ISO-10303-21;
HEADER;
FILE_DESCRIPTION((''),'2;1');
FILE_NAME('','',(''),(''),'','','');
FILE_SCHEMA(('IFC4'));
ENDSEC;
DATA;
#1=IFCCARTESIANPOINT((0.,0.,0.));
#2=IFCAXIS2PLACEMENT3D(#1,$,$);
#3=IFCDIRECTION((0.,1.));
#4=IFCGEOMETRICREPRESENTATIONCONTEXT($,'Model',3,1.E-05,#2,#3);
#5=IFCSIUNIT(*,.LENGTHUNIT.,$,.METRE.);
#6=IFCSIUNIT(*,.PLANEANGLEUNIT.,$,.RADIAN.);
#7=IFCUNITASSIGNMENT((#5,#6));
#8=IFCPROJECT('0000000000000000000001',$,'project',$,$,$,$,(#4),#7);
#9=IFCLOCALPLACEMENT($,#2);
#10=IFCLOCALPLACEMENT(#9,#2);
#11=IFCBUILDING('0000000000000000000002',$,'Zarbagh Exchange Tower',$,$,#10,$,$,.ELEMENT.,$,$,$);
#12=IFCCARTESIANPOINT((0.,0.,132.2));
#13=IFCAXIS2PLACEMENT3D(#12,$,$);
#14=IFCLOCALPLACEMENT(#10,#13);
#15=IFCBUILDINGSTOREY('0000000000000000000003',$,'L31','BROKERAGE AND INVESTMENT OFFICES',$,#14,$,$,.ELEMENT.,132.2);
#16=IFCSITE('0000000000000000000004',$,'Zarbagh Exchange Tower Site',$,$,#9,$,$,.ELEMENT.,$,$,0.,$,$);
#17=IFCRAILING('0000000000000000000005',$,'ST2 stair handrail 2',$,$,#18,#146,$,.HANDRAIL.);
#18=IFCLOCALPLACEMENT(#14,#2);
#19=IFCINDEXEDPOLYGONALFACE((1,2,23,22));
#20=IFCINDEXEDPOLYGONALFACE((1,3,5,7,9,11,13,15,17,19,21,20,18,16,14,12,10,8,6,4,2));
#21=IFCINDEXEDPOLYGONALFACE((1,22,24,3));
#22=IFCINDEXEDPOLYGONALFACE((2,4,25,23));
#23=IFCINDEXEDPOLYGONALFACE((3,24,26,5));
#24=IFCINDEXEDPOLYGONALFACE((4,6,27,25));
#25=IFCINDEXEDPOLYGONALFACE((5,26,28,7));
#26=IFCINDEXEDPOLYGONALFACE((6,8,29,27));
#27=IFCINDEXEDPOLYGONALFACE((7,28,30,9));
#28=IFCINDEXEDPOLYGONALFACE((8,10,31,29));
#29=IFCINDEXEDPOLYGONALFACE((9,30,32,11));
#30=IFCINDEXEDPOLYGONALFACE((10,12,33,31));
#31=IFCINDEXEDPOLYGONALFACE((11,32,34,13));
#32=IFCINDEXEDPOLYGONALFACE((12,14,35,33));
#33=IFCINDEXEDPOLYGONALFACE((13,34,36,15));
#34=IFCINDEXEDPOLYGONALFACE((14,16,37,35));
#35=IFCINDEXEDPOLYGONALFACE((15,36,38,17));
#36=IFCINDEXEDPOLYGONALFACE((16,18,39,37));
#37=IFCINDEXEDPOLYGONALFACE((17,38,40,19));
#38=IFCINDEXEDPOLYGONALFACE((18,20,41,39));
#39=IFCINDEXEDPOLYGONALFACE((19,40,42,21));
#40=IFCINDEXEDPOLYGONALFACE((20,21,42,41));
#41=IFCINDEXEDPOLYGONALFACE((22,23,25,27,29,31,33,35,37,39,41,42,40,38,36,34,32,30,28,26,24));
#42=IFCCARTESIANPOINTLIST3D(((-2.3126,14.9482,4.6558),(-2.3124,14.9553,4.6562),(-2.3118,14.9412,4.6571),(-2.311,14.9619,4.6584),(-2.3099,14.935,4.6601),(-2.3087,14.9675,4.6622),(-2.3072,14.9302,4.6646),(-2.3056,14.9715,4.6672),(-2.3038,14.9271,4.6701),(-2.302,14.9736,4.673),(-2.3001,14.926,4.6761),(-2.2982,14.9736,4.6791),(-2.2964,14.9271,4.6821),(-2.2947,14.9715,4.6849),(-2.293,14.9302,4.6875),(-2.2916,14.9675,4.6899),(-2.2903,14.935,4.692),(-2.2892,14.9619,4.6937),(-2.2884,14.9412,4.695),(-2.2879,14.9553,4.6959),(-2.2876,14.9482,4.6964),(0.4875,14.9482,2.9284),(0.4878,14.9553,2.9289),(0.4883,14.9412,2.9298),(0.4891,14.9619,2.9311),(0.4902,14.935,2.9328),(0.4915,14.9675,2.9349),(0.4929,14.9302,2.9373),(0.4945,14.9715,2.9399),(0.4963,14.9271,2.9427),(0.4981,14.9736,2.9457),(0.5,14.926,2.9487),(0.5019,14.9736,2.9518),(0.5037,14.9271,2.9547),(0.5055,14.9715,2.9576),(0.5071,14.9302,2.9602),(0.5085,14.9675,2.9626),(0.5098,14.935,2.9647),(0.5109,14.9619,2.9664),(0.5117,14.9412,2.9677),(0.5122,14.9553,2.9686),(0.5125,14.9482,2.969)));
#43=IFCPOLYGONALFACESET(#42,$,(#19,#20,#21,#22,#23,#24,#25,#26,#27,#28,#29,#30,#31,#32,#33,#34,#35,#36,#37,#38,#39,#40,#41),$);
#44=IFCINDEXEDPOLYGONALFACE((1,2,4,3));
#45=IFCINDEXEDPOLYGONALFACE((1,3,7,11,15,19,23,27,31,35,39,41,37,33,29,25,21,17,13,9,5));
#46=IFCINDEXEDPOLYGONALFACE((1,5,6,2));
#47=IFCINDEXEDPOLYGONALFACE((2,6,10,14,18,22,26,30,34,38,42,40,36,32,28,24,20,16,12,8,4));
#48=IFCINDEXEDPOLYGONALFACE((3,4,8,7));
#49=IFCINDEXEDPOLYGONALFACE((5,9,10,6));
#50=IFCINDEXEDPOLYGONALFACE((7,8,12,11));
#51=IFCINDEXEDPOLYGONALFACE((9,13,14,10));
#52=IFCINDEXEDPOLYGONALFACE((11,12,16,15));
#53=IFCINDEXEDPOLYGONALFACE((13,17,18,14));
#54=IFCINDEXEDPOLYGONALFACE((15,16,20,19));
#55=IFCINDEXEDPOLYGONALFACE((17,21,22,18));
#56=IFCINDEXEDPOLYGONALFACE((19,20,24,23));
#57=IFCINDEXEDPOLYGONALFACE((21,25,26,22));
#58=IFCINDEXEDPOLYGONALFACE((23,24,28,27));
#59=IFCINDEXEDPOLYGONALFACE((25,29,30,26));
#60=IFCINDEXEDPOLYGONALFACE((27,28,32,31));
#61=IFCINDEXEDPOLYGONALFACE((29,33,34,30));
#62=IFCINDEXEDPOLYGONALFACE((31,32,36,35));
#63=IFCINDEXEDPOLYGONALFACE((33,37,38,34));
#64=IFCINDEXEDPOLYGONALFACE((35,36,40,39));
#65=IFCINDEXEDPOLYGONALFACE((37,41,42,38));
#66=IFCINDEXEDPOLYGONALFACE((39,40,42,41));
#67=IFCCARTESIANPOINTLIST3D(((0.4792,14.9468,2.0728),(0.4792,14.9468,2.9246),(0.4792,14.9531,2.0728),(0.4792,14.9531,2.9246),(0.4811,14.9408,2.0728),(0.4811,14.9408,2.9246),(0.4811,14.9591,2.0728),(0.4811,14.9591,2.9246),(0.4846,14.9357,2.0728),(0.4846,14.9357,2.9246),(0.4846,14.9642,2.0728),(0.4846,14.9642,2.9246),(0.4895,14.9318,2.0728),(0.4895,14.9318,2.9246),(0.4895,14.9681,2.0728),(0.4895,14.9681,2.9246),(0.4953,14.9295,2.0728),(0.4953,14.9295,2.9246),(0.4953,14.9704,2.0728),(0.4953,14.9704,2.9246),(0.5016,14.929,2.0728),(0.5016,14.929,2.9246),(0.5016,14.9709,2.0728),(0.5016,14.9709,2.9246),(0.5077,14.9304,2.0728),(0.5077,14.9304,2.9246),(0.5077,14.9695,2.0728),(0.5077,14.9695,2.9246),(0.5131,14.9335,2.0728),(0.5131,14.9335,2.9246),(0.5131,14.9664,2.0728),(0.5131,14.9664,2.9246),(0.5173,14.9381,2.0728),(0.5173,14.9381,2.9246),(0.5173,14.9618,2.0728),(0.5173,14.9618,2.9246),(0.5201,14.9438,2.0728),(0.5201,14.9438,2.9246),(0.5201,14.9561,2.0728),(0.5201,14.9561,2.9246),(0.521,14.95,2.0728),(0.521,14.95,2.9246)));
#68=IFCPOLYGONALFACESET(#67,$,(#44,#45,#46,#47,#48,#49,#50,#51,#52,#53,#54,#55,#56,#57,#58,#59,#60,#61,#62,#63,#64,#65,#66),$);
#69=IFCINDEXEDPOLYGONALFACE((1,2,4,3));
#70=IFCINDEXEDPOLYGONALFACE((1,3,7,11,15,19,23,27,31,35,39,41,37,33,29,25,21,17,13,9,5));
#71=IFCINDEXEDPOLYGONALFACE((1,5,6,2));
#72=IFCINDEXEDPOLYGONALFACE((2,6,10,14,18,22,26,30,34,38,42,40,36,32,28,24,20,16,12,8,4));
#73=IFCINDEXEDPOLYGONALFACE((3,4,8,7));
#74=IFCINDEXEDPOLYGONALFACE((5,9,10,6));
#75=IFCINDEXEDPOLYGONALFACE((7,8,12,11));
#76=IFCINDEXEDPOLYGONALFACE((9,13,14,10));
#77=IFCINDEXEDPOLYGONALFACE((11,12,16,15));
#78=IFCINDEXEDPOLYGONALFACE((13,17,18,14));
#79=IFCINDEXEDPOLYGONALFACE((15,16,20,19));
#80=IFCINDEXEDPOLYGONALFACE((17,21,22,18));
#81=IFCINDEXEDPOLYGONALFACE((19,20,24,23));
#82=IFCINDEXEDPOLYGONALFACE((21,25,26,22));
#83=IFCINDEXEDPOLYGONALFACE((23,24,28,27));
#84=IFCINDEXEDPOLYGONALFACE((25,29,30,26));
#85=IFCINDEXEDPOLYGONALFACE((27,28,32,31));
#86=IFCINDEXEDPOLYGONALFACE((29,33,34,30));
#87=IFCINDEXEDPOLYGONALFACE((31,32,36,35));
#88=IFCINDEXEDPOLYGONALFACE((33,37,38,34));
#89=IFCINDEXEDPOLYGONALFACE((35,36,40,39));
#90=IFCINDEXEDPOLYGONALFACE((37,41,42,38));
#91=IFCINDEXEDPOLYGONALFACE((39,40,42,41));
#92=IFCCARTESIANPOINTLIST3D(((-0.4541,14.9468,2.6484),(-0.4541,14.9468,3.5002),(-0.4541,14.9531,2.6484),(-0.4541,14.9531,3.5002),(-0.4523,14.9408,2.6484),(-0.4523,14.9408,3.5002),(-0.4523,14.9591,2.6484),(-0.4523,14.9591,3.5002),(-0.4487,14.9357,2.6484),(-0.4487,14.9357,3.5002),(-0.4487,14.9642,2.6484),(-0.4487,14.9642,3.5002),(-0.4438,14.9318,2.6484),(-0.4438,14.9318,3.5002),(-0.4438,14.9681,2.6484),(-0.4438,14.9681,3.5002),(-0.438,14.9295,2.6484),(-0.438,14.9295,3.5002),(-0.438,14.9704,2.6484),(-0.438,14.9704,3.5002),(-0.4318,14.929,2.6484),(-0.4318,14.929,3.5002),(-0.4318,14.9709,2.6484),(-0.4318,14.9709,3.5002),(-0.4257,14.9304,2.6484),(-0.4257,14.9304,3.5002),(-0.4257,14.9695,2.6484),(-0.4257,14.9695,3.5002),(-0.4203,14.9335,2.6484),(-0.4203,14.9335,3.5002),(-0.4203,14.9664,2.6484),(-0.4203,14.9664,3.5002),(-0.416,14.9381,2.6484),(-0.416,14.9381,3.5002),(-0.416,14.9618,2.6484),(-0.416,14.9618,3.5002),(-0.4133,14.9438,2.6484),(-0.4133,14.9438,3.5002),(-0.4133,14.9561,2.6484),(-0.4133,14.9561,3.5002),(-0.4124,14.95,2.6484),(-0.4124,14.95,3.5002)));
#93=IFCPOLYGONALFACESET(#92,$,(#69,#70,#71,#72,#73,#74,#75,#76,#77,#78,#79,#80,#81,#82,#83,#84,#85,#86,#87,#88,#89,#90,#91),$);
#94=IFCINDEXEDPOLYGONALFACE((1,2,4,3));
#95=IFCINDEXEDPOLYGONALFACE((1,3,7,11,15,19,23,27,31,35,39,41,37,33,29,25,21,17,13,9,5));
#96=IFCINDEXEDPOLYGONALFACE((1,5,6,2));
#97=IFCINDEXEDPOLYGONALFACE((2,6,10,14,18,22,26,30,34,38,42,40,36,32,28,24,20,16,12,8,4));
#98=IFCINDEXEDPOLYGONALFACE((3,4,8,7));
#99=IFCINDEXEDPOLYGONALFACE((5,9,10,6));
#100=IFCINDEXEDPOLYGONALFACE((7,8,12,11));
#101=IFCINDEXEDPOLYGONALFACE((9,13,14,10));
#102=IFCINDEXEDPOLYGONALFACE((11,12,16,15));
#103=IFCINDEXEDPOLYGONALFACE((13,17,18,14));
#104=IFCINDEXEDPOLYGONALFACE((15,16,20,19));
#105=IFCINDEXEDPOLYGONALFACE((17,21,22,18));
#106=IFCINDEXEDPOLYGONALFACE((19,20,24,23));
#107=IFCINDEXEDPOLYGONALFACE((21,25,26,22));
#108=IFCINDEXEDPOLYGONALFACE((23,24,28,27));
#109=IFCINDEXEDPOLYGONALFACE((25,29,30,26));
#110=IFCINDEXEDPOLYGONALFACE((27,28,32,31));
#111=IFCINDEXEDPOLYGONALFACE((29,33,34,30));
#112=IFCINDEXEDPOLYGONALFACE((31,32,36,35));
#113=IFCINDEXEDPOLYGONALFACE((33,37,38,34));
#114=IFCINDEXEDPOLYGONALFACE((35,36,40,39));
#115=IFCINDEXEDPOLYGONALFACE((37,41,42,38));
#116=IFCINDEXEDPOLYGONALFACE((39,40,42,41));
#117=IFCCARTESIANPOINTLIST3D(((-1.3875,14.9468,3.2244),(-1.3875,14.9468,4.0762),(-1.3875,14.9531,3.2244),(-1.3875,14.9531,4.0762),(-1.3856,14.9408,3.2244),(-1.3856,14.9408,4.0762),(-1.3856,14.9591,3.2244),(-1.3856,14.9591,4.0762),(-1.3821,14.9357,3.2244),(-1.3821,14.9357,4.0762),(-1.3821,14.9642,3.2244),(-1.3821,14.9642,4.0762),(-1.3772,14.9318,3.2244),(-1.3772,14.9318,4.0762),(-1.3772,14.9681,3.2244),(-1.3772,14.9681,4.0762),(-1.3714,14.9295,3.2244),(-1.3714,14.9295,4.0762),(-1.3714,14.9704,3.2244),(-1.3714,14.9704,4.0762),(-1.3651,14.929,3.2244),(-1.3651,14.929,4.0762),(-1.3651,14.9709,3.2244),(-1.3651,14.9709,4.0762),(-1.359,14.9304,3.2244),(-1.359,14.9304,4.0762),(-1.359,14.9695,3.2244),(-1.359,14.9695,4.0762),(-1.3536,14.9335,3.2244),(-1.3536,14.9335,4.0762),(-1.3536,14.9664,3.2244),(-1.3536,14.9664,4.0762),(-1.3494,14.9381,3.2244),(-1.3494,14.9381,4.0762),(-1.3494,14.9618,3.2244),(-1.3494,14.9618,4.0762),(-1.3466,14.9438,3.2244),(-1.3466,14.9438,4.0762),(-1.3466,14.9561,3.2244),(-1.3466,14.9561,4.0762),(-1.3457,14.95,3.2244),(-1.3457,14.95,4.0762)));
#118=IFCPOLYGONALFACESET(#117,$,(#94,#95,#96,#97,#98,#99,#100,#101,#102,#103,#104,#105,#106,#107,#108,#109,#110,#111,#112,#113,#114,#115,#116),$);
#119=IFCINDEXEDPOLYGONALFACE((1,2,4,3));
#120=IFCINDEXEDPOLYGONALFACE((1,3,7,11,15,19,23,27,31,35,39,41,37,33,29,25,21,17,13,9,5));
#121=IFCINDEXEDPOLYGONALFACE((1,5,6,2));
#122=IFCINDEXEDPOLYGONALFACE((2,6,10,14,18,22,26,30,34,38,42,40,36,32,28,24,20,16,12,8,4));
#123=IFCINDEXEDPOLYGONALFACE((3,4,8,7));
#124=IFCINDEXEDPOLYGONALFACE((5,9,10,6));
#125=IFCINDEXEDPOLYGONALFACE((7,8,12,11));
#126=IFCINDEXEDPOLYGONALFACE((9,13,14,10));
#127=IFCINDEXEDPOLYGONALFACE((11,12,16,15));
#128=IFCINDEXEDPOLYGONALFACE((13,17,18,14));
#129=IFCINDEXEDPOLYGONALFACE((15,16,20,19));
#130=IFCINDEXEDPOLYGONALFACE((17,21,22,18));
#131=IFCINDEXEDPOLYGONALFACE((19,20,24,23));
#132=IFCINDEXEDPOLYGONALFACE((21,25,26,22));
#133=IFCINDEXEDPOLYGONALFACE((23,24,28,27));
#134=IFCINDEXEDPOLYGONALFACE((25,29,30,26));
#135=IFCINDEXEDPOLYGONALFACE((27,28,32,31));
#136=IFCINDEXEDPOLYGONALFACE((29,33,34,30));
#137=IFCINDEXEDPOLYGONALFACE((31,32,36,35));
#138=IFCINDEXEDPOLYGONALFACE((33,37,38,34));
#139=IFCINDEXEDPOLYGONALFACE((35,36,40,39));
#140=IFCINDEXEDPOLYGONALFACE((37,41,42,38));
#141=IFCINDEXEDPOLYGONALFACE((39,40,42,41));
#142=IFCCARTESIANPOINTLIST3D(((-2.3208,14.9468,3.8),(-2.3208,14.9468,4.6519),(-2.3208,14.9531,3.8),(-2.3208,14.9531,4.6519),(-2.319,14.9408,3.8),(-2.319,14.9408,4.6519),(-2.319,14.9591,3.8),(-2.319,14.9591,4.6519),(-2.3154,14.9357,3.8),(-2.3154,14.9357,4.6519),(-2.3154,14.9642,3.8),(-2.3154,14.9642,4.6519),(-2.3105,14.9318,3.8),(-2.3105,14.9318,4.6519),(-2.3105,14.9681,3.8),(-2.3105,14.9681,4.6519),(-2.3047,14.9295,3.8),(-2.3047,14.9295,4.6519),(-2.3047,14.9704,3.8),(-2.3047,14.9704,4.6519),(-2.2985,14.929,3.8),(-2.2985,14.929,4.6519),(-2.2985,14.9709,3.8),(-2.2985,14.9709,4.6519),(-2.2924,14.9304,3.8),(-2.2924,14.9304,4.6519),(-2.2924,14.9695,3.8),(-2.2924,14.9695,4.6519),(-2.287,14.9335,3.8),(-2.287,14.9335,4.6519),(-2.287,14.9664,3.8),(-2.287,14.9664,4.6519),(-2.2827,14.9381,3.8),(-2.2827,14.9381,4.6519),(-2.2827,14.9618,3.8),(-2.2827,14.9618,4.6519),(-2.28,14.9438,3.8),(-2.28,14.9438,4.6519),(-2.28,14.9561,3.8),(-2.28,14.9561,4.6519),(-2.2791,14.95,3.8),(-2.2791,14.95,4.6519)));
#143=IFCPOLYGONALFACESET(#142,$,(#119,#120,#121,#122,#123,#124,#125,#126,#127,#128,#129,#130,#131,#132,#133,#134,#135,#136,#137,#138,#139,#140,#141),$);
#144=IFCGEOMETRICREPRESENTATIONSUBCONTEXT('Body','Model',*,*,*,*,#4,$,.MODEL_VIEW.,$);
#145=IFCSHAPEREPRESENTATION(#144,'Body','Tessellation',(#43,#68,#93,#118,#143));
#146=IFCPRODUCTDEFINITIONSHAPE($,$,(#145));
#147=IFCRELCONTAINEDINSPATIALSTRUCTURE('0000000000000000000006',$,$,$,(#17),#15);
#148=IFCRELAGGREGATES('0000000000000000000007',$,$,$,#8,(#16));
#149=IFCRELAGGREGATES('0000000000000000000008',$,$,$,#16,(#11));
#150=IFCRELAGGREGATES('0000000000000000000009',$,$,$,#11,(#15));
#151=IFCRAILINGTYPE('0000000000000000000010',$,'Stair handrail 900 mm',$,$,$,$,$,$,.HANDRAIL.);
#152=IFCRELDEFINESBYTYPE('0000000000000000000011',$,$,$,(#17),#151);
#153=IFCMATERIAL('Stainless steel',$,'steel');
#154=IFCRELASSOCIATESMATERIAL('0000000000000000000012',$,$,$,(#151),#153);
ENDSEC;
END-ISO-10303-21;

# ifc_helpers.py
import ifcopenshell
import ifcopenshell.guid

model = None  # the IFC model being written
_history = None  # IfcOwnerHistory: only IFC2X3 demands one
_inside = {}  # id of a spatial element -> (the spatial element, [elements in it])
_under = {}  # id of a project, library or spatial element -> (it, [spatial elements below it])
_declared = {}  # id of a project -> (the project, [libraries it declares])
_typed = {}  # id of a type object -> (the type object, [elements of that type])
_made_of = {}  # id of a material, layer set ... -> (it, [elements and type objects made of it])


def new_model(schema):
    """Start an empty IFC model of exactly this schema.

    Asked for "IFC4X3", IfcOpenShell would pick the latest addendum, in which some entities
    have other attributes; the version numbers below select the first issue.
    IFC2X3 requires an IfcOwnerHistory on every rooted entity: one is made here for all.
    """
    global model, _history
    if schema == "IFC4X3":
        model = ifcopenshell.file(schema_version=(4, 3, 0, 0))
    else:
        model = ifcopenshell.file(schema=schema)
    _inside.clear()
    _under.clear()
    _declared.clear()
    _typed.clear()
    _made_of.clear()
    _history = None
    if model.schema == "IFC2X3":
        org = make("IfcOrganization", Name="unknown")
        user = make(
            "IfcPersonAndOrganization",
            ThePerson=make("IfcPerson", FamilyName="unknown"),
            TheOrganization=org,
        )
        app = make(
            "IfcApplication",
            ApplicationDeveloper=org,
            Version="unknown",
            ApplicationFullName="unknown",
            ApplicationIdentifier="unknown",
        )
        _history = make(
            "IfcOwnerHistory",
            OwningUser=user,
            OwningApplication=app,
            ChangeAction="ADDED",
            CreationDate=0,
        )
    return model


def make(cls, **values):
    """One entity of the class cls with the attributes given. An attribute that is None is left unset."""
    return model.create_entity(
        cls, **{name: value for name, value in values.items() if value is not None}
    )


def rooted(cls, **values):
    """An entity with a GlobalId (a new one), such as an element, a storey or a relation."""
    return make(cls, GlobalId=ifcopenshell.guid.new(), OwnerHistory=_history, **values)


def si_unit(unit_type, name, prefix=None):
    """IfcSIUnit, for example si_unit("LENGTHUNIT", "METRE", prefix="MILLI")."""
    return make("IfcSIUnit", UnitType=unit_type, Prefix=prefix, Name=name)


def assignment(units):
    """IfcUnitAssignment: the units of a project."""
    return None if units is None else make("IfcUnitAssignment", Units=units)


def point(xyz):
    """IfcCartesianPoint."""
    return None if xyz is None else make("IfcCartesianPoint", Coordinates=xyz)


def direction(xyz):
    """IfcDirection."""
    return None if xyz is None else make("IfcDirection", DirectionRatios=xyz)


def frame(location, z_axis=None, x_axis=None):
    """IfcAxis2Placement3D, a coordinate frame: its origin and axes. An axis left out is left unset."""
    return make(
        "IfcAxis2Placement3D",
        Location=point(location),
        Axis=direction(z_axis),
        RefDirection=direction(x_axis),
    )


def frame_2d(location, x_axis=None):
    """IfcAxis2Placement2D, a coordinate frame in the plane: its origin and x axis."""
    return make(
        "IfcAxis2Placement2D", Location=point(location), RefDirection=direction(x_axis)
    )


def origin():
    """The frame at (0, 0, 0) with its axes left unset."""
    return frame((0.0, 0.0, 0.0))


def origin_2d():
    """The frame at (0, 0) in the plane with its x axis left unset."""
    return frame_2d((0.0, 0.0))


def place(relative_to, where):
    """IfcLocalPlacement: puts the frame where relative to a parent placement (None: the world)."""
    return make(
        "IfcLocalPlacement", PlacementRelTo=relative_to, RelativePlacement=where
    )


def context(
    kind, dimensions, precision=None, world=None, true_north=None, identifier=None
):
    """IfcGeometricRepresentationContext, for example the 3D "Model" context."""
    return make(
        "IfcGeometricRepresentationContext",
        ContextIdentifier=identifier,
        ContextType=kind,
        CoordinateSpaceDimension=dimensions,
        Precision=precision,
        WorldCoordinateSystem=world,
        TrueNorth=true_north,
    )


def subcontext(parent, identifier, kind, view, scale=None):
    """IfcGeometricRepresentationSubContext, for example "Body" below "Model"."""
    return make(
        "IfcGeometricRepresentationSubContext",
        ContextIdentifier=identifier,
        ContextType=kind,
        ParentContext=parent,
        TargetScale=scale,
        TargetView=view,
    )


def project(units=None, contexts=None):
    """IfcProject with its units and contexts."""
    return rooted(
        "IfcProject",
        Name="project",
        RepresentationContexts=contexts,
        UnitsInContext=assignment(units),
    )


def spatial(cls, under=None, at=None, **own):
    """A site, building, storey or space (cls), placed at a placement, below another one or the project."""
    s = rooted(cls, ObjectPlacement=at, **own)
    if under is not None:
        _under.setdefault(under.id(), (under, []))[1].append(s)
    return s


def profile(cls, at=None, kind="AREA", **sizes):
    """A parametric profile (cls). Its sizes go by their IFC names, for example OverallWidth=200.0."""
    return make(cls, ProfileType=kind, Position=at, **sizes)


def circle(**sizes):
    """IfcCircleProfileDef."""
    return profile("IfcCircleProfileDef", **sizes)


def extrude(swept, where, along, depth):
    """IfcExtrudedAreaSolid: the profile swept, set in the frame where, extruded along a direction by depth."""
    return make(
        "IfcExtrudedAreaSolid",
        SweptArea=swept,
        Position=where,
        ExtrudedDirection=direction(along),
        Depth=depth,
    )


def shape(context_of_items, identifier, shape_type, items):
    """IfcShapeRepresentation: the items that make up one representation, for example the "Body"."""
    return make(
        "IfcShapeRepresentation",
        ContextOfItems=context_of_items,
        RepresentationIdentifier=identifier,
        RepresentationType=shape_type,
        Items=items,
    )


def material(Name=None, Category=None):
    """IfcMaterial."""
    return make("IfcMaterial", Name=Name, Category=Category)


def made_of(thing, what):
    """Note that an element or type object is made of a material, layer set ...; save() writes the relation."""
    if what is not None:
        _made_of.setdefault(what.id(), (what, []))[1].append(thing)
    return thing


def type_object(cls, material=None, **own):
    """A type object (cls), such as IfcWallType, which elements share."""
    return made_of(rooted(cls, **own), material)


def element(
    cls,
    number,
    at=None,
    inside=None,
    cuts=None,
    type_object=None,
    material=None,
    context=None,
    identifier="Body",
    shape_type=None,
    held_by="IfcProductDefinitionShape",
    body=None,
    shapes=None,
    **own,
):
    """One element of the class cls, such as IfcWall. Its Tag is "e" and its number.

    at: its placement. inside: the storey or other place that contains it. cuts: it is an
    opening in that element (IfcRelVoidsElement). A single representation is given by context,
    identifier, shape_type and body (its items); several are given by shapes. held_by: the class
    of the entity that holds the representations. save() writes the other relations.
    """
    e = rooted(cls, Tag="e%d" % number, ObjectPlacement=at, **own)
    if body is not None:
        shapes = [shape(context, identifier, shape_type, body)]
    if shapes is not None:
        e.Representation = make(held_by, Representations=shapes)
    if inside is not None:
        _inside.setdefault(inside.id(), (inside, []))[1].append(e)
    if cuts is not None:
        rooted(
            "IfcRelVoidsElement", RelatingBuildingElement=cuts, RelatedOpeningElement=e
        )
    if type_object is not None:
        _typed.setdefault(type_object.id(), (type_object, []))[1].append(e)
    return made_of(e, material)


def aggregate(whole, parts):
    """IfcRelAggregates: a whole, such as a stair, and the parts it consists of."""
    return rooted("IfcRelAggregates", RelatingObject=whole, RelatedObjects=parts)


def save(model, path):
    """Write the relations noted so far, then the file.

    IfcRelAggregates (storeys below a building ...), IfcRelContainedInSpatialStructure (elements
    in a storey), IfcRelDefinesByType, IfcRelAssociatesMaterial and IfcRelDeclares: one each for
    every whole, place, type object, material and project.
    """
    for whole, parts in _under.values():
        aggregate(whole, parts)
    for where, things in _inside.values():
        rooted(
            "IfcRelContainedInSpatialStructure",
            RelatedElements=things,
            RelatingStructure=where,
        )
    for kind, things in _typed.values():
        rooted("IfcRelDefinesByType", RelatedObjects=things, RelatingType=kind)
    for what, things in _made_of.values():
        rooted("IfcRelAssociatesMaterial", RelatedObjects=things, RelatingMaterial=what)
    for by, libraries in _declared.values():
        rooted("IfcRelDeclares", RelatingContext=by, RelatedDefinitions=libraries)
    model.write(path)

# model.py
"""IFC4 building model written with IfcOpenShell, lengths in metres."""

from ifc_helpers import new_model, si_unit, direction, frame, origin, origin_2d, place, context, subcontext, project, spatial, circle, extrude, material, type_object, element, save


model = new_model("IFC4")

# Units and contexts
model_context = context("Model", 3, precision=1e-05, world=origin(), true_north=direction((0.0, 1.0)))
body_context = subcontext(model_context, "Body", "Model", "MODEL_VIEW")
ifc_project = project(units=[si_unit("LENGTHUNIT", "METRE"), si_unit("PLANEANGLEUNIT", "RADIAN")], contexts=[model_context])

# Site, building, storey
site_placement = place(None, origin())
site = spatial("IfcSite", under=ifc_project, at=site_placement, Name="Zarbagh Exchange Tower Site", CompositionType="ELEMENT", RefElevation=0.0)
building_placement = place(site_placement, origin())
building = spatial("IfcBuilding", under=site, at=building_placement, Name="Zarbagh Exchange Tower", CompositionType="ELEMENT")
storey_placement = place(building_placement, frame((0.0, 0.0, 132.2)))
storey = spatial("IfcBuildingStorey", under=building, at=storey_placement, Name="L31", Description="BROKERAGE AND INVESTMENT OFFICES", CompositionType="ELEMENT", Elevation=132.2)

# Railing
ifc_material_1 = material(Name="Stainless steel", Category="steel")
railing_type = type_object("IfcRailingType", Name="Stair handrail 900 mm", PredefinedType="HANDRAIL", material=ifc_material_1)
railing_placement = place(storey_placement, frame((0.5, 14.95, 2.0728)))
element("IfcRailing", 1, at=railing_placement, inside=storey, type_object=railing_type, Name="ST2 stair handrail 2", PredefinedType="HANDRAIL", context=body_context, shape_type="SweptSolid", body=[
    extrude(circle(Radius=0.0239, at=origin_2d()), frame((0.0, 0.0, 0.876), z_axis=(-0.85109, 0.0, 0.52502), x_axis=(0.0, -1.0, 0.0)), (0.0, 0.0, 1.0), 3.29),
    extrude(circle(Radius=0.021, at=origin_2d()), origin(), (0.0, 0.0, 1.0), 0.8518),
    extrude(circle(Radius=0.021, at=origin_2d()), frame((-0.9333, 0.0, 0.5757)), (0.0, 0.0, 1.0), 0.8518),
    extrude(circle(Radius=0.021, at=origin_2d()), frame((-1.8667, 0.0, 1.1516)), (0.0, 0.0, 1.0), 0.8518),
    extrude(circle(Radius=0.021, at=origin_2d()), frame((-2.8, 0.0, 1.7273)), (0.0, 0.0, 1.0), 0.8518),
])

save(model, "model.ifc")
